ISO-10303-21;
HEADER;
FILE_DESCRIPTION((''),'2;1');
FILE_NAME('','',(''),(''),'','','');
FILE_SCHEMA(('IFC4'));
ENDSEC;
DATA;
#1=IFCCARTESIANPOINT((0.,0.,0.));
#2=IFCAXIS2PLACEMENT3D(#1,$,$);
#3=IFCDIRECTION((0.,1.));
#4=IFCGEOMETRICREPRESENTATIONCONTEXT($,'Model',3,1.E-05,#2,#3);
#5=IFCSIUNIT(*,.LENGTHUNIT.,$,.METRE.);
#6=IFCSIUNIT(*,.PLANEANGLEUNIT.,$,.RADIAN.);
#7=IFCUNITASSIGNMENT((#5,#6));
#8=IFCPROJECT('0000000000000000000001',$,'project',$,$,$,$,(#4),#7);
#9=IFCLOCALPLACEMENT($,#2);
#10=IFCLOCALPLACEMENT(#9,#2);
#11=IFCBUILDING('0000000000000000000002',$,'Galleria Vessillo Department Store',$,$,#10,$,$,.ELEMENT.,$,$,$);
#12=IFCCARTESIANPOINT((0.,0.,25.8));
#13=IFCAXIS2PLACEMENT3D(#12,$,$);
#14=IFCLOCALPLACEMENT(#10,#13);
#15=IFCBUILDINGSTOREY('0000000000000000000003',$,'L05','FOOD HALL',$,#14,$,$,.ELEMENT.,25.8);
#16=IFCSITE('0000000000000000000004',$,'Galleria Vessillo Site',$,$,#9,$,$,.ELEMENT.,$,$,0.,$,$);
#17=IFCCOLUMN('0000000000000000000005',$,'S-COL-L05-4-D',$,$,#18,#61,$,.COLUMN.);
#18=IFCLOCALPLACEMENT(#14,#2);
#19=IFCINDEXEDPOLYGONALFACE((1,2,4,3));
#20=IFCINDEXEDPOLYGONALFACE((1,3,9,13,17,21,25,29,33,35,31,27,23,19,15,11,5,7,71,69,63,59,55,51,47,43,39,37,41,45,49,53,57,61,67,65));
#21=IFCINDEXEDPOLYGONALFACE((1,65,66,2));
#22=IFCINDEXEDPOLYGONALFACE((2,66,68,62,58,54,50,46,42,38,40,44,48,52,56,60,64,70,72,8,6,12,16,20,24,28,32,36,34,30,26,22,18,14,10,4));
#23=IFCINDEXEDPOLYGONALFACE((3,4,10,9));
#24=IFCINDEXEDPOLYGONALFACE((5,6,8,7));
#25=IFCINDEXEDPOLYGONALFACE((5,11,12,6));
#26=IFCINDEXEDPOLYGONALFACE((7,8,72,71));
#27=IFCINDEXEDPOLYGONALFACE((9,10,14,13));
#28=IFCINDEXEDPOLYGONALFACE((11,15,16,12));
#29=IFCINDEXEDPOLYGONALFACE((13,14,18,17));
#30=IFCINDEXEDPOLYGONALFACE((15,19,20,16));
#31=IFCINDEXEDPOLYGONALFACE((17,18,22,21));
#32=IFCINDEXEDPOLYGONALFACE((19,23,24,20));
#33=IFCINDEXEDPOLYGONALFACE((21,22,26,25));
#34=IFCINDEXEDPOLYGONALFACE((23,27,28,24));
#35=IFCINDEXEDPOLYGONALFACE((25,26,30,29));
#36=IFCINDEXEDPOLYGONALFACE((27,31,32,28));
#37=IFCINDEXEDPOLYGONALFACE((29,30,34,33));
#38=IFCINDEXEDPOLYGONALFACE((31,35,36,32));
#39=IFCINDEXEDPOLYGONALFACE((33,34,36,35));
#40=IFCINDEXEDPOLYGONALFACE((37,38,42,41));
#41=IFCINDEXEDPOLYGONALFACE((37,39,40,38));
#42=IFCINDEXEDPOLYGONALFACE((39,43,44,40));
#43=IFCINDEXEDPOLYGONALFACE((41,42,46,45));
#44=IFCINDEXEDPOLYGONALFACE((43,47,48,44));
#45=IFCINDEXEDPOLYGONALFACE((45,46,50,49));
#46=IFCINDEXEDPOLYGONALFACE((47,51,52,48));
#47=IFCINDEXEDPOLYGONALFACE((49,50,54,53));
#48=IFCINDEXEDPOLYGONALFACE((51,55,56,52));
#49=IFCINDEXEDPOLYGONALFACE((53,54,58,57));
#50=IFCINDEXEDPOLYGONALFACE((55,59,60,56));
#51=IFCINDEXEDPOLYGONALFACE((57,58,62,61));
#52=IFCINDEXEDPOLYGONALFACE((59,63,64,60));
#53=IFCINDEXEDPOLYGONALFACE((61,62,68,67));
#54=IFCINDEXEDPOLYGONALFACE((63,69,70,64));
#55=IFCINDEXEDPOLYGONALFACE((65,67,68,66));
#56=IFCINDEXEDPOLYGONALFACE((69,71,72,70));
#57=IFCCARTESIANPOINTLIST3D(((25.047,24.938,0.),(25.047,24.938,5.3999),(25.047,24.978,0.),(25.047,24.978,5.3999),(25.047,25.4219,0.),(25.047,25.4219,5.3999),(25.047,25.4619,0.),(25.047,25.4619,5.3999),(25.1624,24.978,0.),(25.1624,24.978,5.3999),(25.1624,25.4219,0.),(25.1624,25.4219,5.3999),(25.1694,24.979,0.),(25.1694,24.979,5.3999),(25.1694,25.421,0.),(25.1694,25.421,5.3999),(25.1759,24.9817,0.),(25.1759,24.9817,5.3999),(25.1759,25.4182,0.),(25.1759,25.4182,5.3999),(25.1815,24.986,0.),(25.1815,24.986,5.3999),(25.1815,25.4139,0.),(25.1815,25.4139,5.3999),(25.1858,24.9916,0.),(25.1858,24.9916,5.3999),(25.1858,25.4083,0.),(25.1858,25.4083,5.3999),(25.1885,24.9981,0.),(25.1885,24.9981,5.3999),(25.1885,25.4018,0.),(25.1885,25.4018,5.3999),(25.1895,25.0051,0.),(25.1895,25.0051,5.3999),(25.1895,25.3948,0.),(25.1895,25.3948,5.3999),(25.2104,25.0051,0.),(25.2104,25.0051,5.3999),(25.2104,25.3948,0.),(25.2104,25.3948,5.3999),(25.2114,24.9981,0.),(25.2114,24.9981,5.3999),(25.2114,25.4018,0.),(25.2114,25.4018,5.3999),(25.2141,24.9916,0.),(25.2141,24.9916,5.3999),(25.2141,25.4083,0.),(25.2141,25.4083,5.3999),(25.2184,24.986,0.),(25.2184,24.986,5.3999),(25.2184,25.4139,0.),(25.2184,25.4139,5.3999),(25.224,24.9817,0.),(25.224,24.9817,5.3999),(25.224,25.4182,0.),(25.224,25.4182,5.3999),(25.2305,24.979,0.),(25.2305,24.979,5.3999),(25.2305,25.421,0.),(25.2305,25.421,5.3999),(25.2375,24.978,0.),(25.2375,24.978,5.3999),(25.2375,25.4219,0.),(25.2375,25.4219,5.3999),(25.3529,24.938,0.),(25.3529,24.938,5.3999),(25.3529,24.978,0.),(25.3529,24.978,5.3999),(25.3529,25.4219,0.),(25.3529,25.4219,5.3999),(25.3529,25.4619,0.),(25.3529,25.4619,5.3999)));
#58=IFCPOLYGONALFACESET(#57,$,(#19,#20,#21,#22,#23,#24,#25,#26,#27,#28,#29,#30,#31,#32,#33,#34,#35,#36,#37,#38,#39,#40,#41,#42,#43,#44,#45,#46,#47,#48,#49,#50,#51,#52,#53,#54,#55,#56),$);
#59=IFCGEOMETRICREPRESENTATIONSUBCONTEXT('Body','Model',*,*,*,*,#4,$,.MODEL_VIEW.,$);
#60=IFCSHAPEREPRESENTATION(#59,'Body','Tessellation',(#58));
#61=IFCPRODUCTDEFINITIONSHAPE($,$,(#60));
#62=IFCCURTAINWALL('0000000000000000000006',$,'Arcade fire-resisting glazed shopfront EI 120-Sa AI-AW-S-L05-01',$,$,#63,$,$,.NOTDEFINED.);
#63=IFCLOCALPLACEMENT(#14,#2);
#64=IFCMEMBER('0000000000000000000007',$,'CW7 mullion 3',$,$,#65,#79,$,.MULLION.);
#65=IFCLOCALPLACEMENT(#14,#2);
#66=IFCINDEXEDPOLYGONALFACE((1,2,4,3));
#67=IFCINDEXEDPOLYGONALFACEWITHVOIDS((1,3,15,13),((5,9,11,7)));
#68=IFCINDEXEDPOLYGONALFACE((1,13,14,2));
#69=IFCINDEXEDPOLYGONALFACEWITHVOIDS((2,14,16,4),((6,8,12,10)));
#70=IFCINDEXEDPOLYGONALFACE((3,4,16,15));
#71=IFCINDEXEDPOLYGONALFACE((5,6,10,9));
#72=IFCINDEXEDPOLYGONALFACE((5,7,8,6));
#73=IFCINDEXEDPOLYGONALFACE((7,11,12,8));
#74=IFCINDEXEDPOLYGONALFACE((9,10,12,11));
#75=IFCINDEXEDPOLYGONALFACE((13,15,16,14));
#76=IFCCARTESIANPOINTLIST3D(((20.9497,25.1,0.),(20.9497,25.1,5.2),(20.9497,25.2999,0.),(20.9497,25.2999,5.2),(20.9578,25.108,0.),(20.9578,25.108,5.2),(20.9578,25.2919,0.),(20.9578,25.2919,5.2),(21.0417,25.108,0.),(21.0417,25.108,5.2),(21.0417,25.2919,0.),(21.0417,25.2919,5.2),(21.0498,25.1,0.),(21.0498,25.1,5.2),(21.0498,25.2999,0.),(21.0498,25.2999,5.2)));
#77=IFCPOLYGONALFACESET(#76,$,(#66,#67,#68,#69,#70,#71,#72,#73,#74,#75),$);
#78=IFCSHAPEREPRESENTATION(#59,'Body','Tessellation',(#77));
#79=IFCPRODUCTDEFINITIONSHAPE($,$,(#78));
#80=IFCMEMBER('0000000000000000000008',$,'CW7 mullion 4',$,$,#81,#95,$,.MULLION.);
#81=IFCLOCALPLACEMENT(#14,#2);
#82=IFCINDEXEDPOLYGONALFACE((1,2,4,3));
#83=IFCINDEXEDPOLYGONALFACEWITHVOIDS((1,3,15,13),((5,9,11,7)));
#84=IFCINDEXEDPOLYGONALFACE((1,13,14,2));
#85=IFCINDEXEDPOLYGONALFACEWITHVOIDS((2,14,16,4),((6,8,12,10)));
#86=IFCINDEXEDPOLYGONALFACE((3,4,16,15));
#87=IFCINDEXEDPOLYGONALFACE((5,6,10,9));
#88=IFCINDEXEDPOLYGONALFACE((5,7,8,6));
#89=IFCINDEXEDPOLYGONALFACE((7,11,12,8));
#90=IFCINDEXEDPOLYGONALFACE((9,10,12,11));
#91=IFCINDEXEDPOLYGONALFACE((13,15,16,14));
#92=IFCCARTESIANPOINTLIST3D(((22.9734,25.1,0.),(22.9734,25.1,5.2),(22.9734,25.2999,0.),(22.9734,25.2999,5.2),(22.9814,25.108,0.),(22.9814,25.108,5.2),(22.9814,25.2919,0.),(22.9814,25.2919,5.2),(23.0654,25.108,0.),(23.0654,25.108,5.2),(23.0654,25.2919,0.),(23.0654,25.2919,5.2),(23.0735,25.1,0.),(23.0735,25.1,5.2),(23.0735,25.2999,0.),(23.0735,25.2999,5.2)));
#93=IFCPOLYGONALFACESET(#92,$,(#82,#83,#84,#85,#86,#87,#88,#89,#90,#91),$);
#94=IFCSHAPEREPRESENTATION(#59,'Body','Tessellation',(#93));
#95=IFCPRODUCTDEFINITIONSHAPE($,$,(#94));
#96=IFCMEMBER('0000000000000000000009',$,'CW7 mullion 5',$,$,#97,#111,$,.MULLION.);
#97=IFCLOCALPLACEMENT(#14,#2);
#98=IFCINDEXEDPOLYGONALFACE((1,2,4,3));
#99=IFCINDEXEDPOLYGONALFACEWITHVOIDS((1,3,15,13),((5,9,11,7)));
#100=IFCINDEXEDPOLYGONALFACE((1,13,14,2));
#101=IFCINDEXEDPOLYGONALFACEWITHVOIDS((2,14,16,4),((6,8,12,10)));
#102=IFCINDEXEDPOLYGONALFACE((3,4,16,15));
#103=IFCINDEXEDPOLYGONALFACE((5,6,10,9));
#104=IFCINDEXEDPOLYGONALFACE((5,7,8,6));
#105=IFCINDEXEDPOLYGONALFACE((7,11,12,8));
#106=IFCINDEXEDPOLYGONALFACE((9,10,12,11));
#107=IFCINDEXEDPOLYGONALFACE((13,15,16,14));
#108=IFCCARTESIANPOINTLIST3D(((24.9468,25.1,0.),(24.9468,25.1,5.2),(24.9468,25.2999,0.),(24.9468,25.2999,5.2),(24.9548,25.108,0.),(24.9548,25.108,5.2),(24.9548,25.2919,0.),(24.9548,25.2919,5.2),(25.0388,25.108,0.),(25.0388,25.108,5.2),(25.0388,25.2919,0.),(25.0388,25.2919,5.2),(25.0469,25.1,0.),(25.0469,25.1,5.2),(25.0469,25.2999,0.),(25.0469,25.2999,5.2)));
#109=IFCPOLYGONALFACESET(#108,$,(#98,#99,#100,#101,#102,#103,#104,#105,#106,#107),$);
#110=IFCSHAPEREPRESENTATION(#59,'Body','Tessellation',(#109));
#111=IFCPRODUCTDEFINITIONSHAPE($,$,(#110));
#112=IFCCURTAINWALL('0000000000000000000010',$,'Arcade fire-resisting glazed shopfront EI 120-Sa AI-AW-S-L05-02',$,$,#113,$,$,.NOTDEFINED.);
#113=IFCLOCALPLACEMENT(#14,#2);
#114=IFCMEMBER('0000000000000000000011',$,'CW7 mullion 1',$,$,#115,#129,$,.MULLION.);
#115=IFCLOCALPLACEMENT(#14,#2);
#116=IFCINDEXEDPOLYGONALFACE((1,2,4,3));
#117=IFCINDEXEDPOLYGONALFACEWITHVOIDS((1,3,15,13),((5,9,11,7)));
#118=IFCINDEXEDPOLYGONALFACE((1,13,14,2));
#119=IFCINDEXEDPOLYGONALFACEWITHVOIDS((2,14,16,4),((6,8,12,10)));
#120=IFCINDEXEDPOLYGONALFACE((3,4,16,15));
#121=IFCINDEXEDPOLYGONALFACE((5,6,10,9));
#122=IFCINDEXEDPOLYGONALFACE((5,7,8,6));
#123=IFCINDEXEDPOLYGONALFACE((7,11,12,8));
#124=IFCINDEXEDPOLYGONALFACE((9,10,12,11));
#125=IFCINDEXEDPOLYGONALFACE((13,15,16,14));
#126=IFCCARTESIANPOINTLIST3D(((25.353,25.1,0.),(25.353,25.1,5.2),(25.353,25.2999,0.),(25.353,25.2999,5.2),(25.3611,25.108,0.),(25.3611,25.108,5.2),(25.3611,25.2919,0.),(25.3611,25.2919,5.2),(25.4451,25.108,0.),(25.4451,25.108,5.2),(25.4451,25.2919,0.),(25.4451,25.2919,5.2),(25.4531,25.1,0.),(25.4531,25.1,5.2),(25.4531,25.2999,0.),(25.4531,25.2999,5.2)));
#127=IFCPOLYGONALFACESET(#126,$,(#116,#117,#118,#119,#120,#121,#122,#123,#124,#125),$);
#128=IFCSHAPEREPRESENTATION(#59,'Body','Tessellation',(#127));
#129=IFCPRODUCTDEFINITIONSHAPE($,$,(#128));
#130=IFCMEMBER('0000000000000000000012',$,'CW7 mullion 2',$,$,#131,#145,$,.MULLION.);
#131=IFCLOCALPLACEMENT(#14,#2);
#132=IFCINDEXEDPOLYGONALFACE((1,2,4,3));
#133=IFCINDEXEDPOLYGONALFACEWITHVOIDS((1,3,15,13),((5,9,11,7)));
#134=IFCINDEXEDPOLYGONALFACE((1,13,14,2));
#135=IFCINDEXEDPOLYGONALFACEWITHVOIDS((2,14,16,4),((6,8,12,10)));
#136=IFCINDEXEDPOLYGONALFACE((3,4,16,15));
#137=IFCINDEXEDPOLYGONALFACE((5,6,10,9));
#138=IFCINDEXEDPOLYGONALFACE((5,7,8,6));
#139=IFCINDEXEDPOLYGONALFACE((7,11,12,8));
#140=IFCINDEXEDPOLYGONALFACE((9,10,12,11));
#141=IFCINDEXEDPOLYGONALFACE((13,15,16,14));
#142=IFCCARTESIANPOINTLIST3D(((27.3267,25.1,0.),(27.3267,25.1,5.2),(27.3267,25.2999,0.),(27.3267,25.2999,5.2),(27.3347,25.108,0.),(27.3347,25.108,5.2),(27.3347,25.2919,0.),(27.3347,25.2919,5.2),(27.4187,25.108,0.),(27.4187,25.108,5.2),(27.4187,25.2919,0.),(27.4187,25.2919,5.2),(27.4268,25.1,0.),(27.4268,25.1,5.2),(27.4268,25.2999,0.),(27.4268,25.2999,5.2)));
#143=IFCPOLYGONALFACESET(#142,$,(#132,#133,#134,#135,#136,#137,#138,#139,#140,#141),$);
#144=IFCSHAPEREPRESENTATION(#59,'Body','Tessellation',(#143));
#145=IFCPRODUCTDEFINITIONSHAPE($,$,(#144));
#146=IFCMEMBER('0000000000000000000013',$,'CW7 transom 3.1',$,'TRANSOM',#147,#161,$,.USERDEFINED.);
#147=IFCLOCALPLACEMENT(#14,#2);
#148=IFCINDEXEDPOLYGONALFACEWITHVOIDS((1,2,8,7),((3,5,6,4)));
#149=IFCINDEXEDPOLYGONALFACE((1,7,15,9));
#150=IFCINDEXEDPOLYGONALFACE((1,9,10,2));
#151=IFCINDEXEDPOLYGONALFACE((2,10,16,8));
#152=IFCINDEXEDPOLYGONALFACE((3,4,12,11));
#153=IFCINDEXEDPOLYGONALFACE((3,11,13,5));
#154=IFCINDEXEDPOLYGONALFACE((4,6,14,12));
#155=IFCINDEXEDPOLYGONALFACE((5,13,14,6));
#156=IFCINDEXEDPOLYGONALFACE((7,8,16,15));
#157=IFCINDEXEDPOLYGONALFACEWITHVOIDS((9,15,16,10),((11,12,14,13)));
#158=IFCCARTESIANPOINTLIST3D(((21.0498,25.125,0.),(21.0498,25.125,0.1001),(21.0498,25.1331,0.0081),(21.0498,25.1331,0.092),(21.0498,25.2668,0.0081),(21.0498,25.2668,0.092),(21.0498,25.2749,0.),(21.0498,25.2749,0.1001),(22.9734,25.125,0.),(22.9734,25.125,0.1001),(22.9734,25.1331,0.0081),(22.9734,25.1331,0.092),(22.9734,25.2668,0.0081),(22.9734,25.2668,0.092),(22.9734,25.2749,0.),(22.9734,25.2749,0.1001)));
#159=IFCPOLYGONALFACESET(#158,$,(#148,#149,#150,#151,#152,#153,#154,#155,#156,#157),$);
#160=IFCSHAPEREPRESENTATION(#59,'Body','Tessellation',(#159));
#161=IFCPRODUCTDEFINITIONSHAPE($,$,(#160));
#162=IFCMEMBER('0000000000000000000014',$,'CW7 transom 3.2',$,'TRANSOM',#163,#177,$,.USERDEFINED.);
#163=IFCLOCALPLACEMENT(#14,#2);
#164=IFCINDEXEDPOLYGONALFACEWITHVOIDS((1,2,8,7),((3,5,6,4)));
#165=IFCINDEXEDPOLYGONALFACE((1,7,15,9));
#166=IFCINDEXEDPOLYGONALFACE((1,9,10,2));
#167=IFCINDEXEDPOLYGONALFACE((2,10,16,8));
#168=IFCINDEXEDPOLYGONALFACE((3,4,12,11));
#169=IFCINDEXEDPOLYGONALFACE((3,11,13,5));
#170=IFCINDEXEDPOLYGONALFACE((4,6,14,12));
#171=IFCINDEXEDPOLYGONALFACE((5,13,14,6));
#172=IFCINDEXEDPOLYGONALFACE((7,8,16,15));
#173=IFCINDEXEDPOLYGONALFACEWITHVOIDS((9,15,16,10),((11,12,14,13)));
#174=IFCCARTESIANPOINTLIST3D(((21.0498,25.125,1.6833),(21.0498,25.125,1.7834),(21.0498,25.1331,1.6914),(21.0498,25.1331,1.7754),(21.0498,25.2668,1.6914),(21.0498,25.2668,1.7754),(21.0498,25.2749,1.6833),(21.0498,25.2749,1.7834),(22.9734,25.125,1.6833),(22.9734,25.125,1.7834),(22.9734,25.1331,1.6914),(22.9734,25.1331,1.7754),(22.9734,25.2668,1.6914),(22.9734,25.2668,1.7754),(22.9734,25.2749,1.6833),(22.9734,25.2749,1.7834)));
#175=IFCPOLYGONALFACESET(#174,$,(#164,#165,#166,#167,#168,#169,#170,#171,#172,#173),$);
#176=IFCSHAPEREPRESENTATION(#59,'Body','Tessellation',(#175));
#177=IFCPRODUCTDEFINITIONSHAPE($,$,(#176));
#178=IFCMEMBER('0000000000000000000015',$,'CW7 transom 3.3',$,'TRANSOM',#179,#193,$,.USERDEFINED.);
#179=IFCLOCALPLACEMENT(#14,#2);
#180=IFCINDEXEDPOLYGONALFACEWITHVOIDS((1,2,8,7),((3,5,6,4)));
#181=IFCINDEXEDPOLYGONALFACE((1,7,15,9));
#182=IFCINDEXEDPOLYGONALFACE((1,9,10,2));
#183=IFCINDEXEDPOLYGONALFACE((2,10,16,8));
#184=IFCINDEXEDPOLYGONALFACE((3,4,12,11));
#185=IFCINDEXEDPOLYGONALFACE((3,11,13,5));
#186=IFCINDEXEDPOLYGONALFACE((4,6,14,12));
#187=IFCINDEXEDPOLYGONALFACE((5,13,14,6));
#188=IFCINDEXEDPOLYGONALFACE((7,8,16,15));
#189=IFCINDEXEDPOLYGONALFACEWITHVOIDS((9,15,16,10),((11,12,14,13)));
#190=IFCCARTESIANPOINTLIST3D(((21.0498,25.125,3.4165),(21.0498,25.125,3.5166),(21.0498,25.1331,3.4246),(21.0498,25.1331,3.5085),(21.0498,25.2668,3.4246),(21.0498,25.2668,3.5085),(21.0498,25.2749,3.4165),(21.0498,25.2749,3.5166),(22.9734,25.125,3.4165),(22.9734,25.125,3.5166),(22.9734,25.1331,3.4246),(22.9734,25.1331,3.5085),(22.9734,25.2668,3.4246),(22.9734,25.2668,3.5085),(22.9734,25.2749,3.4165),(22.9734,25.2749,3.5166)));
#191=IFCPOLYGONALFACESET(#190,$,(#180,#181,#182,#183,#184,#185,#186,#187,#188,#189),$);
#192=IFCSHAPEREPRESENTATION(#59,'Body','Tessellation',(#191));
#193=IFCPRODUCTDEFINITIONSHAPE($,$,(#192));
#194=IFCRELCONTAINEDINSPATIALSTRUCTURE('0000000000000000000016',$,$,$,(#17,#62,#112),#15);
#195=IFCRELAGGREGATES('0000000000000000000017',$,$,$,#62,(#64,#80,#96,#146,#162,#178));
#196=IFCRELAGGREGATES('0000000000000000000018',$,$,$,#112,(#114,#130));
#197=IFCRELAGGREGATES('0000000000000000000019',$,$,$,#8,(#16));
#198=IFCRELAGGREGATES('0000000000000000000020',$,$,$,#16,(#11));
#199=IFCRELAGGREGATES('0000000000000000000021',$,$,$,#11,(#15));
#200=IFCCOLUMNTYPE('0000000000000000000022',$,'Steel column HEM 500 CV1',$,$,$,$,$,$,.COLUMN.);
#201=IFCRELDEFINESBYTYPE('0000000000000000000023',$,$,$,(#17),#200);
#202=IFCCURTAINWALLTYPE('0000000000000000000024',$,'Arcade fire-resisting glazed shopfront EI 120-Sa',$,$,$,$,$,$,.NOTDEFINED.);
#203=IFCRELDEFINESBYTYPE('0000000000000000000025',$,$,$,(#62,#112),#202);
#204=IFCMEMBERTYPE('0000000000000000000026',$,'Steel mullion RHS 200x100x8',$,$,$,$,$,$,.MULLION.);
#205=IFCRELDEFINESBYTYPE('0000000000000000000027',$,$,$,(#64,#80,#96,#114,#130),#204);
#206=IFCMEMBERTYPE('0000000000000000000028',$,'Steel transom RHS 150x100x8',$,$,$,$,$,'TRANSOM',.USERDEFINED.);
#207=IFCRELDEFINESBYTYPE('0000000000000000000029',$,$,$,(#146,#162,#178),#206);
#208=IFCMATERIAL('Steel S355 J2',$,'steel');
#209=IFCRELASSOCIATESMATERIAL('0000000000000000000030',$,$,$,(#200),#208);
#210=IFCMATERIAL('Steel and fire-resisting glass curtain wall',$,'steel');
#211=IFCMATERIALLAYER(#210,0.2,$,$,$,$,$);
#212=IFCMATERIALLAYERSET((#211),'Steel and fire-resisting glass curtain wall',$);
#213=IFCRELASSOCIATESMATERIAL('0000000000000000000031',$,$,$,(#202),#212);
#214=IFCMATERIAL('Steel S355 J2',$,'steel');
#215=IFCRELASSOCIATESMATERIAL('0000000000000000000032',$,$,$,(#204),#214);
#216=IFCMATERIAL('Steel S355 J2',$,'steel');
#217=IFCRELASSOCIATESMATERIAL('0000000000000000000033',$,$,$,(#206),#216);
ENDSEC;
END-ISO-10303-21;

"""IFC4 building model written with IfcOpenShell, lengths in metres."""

from ifc_helpers import new_model, si_unit, direction, frame, origin, origin_2d, place, context, subcontext, project, spatial, hollow_rectangle, i_section, extrude, material, layer, layer_set, material_profile, profile_set, type_object, element, aggregate, save


model = new_model("IFC4")

# Units and contexts
model_context = context("Model", 3, precision=1e-05, world=origin(), true_north=direction((0.0, 1.0)))
body_context = subcontext(model_context, "Body", "Model", "MODEL_VIEW")
ifc_project = project(units=[si_unit("LENGTHUNIT", "METRE"), si_unit("PLANEANGLEUNIT", "RADIAN")], contexts=[model_context])

# Site, building, storey
site_placement = place(None, origin())
site = spatial("IfcSite", under=ifc_project, at=site_placement, Name="Galleria Vessillo Site", CompositionType="ELEMENT", RefElevation=0.0)
building_placement = place(site_placement, origin())
building = spatial("IfcBuilding", under=site, at=building_placement, Name="Galleria Vessillo Department Store", CompositionType="ELEMENT")
storey_placement = place(building_placement, frame((0.0, 0.0, 25.8)))
storey = spatial("IfcBuildingStorey", under=building, at=storey_placement, Name="L05", Description="FOOD HALL", CompositionType="ELEMENT", Elevation=25.8)

# Column
ifc_material_1 = material(Name="Steel S355 J2", Category="steel")
ifc_material_profile_1 = material_profile(ifc_material_1, i_section(OverallWidth=0.3059, OverallDepth=0.5239, WebThickness=0.021, FlangeThickness=0.04, FilletRadius=0.0271, at=origin_2d()), Name="HEM 500")
ifc_profile_set_1 = profile_set([ifc_material_profile_1], Name="Steel S355 J2")
column_type = type_object("IfcColumnType", Name="Steel column HEM 500 CV1", PredefinedType="COLUMN", material=ifc_profile_set_1)
column_placement = place(storey_placement, frame((25.2, 25.2, 0.0), z_axis=(0.0, 0.0, 1.0), x_axis=(1.0, 0.0, 0.0)))
element("IfcColumn", 1, at=column_placement, inside=storey, type_object=column_type, Name="S-COL-L05-4-D", PredefinedType="COLUMN", context=body_context, shape_type="SweptSolid", body=[
    extrude(i_section(OverallWidth=0.3059, OverallDepth=0.5239, WebThickness=0.021, FlangeThickness=0.04, FilletRadius=0.0271, at=origin_2d()), origin(), (0.0, 0.0, 1.0), 5.3999),
])

# Curtain walls, members
ifc_material_2 = material(Name="Steel and fire-resisting glass curtain wall", Category="steel")
ifc_layer_1 = layer(ifc_material_2, 0.2)
ifc_layer_set_1 = layer_set([ifc_layer_1], Name="Steel and fire-resisting glass curtain wall")
curtain_wall_type = type_object("IfcCurtainWallType", Name="Arcade fire-resisting glazed shopfront EI 120-Sa", PredefinedType="NOTDEFINED", material=ifc_layer_set_1)
curtain_wall_1_placement = place(storey_placement, origin())
curtain_wall_1 = element("IfcCurtainWall", 2, at=curtain_wall_1_placement, inside=storey, type_object=curtain_wall_type, Name="Arcade fire-resisting glazed shopfront EI 120-Sa AI-AW-S-L05-01", PredefinedType="NOTDEFINED")
ifc_material_3 = material(Name="Steel S355 J2", Category="steel")
ifc_material_profile_2 = material_profile(ifc_material_3, hollow_rectangle(XDim=0.2, YDim=0.1001, WallThickness=0.0081, at=origin_2d()), Name="RHS 200x100x8")
ifc_profile_set_2 = profile_set([ifc_material_profile_2], Name="Steel S355 J2")
member_type_1 = type_object("IfcMemberType", Name="Steel mullion RHS 200x100x8", PredefinedType="MULLION", material=ifc_profile_set_2)
member_1_placement = place(storey_placement, frame((20.9998, 25.2, 0.0), z_axis=(0.0, 0.0, 1.0), x_axis=(0.0, 1.0, 0.0)))
member_1 = element("IfcMember", 3, at=member_1_placement, type_object=member_type_1, Name="CW7 mullion 3", PredefinedType="MULLION", context=body_context, shape_type="SweptSolid", body=[
    extrude(hollow_rectangle(XDim=0.2, YDim=0.1001, WallThickness=0.0081, at=origin_2d()), origin(), (0.0, 0.0, 1.0), 5.2),
])
member_2_placement = place(storey_placement, frame((23.0234, 25.2, 0.0), z_axis=(0.0, 0.0, 1.0), x_axis=(0.0, 1.0, 0.0)))
member_2 = element("IfcMember", 4, at=member_2_placement, type_object=member_type_1, Name="CW7 mullion 4", PredefinedType="MULLION", context=body_context, shape_type="SweptSolid", body=[
    extrude(hollow_rectangle(XDim=0.2, YDim=0.1001, WallThickness=0.0081, at=origin_2d()), origin(), (0.0, 0.0, 1.0), 5.2),
])
member_3_placement = place(storey_placement, frame((24.9968, 25.2, 0.0), z_axis=(0.0, 0.0, 1.0), x_axis=(0.0, 1.0, 0.0)))
member_3 = element("IfcMember", 5, at=member_3_placement, type_object=member_type_1, Name="CW7 mullion 5", PredefinedType="MULLION", context=body_context, shape_type="SweptSolid", body=[
    extrude(hollow_rectangle(XDim=0.2, YDim=0.1001, WallThickness=0.0081, at=origin_2d()), origin(), (0.0, 0.0, 1.0), 5.2),
])
curtain_wall_2_placement = place(storey_placement, origin())
curtain_wall_2 = element("IfcCurtainWall", 6, at=curtain_wall_2_placement, inside=storey, type_object=curtain_wall_type, Name="Arcade fire-resisting glazed shopfront EI 120-Sa AI-AW-S-L05-02", PredefinedType="NOTDEFINED")
member_4_placement = place(storey_placement, frame((25.4031, 25.2, 0.0), z_axis=(0.0, 0.0, 1.0), x_axis=(0.0, 1.0, 0.0)))
member_4 = element("IfcMember", 7, at=member_4_placement, type_object=member_type_1, Name="CW7 mullion 1", PredefinedType="MULLION", context=body_context, shape_type="SweptSolid", body=[
    extrude(hollow_rectangle(XDim=0.2, YDim=0.1001, WallThickness=0.0081, at=origin_2d()), origin(), (0.0, 0.0, 1.0), 5.2),
])
member_5_placement = place(storey_placement, frame((27.3767, 25.2, 0.0), z_axis=(0.0, 0.0, 1.0), x_axis=(0.0, 1.0, 0.0)))
member_5 = element("IfcMember", 8, at=member_5_placement, type_object=member_type_1, Name="CW7 mullion 2", PredefinedType="MULLION", context=body_context, shape_type="SweptSolid", body=[
    extrude(hollow_rectangle(XDim=0.2, YDim=0.1001, WallThickness=0.0081, at=origin_2d()), origin(), (0.0, 0.0, 1.0), 5.2),
])

# Members
ifc_material_4 = material(Name="Steel S355 J2", Category="steel")
ifc_material_profile_3 = material_profile(ifc_material_4, hollow_rectangle(XDim=0.1499, YDim=0.1001, WallThickness=0.0081, at=origin_2d()), Name="RHS 150x100x8")
ifc_profile_set_3 = profile_set([ifc_material_profile_3], Name="Steel S355 J2")
member_type_2 = type_object("IfcMemberType", Name="Steel transom RHS 150x100x8", ElementType="TRANSOM", PredefinedType="USERDEFINED", material=ifc_profile_set_3)
member_6_placement = place(storey_placement, frame((21.0498, 25.2, 0.05), z_axis=(1.0, 0.0, 0.0), x_axis=(0.0, 1.0, 0.0)))
member_6 = element("IfcMember", 9, at=member_6_placement, type_object=member_type_2, Name="CW7 transom 3.1", ObjectType="TRANSOM", PredefinedType="USERDEFINED", context=body_context, shape_type="SweptSolid", body=[
    extrude(hollow_rectangle(XDim=0.1499, YDim=0.1001, WallThickness=0.0081, at=origin_2d()), origin(), (0.0, 0.0, 1.0), 1.9236),
])
member_7_placement = place(storey_placement, frame((21.0498, 25.2, 1.7334), z_axis=(1.0, 0.0, 0.0), x_axis=(0.0, 1.0, 0.0)))
member_7 = element("IfcMember", 10, at=member_7_placement, type_object=member_type_2, Name="CW7 transom 3.2", ObjectType="TRANSOM", PredefinedType="USERDEFINED", context=body_context, shape_type="SweptSolid", body=[
    extrude(hollow_rectangle(XDim=0.1499, YDim=0.1001, WallThickness=0.0081, at=origin_2d()), origin(), (0.0, 0.0, 1.0), 1.9236),
])
member_8_placement = place(storey_placement, frame((21.0498, 25.2, 3.4666), z_axis=(1.0, 0.0, 0.0), x_axis=(0.0, 1.0, 0.0)))
member_8 = element("IfcMember", 11, at=member_8_placement, type_object=member_type_2, Name="CW7 transom 3.3", ObjectType="TRANSOM", PredefinedType="USERDEFINED", context=body_context, shape_type="SweptSolid", body=[
    extrude(hollow_rectangle(XDim=0.1499, YDim=0.1001, WallThickness=0.0081, at=origin_2d()), origin(), (0.0, 0.0, 1.0), 1.9236),
])

aggregate(curtain_wall_1, [member_1, member_2, member_3, member_6, member_7, member_8])
aggregate(curtain_wall_2, [member_4, member_5])

save(model, "model.ifc")
